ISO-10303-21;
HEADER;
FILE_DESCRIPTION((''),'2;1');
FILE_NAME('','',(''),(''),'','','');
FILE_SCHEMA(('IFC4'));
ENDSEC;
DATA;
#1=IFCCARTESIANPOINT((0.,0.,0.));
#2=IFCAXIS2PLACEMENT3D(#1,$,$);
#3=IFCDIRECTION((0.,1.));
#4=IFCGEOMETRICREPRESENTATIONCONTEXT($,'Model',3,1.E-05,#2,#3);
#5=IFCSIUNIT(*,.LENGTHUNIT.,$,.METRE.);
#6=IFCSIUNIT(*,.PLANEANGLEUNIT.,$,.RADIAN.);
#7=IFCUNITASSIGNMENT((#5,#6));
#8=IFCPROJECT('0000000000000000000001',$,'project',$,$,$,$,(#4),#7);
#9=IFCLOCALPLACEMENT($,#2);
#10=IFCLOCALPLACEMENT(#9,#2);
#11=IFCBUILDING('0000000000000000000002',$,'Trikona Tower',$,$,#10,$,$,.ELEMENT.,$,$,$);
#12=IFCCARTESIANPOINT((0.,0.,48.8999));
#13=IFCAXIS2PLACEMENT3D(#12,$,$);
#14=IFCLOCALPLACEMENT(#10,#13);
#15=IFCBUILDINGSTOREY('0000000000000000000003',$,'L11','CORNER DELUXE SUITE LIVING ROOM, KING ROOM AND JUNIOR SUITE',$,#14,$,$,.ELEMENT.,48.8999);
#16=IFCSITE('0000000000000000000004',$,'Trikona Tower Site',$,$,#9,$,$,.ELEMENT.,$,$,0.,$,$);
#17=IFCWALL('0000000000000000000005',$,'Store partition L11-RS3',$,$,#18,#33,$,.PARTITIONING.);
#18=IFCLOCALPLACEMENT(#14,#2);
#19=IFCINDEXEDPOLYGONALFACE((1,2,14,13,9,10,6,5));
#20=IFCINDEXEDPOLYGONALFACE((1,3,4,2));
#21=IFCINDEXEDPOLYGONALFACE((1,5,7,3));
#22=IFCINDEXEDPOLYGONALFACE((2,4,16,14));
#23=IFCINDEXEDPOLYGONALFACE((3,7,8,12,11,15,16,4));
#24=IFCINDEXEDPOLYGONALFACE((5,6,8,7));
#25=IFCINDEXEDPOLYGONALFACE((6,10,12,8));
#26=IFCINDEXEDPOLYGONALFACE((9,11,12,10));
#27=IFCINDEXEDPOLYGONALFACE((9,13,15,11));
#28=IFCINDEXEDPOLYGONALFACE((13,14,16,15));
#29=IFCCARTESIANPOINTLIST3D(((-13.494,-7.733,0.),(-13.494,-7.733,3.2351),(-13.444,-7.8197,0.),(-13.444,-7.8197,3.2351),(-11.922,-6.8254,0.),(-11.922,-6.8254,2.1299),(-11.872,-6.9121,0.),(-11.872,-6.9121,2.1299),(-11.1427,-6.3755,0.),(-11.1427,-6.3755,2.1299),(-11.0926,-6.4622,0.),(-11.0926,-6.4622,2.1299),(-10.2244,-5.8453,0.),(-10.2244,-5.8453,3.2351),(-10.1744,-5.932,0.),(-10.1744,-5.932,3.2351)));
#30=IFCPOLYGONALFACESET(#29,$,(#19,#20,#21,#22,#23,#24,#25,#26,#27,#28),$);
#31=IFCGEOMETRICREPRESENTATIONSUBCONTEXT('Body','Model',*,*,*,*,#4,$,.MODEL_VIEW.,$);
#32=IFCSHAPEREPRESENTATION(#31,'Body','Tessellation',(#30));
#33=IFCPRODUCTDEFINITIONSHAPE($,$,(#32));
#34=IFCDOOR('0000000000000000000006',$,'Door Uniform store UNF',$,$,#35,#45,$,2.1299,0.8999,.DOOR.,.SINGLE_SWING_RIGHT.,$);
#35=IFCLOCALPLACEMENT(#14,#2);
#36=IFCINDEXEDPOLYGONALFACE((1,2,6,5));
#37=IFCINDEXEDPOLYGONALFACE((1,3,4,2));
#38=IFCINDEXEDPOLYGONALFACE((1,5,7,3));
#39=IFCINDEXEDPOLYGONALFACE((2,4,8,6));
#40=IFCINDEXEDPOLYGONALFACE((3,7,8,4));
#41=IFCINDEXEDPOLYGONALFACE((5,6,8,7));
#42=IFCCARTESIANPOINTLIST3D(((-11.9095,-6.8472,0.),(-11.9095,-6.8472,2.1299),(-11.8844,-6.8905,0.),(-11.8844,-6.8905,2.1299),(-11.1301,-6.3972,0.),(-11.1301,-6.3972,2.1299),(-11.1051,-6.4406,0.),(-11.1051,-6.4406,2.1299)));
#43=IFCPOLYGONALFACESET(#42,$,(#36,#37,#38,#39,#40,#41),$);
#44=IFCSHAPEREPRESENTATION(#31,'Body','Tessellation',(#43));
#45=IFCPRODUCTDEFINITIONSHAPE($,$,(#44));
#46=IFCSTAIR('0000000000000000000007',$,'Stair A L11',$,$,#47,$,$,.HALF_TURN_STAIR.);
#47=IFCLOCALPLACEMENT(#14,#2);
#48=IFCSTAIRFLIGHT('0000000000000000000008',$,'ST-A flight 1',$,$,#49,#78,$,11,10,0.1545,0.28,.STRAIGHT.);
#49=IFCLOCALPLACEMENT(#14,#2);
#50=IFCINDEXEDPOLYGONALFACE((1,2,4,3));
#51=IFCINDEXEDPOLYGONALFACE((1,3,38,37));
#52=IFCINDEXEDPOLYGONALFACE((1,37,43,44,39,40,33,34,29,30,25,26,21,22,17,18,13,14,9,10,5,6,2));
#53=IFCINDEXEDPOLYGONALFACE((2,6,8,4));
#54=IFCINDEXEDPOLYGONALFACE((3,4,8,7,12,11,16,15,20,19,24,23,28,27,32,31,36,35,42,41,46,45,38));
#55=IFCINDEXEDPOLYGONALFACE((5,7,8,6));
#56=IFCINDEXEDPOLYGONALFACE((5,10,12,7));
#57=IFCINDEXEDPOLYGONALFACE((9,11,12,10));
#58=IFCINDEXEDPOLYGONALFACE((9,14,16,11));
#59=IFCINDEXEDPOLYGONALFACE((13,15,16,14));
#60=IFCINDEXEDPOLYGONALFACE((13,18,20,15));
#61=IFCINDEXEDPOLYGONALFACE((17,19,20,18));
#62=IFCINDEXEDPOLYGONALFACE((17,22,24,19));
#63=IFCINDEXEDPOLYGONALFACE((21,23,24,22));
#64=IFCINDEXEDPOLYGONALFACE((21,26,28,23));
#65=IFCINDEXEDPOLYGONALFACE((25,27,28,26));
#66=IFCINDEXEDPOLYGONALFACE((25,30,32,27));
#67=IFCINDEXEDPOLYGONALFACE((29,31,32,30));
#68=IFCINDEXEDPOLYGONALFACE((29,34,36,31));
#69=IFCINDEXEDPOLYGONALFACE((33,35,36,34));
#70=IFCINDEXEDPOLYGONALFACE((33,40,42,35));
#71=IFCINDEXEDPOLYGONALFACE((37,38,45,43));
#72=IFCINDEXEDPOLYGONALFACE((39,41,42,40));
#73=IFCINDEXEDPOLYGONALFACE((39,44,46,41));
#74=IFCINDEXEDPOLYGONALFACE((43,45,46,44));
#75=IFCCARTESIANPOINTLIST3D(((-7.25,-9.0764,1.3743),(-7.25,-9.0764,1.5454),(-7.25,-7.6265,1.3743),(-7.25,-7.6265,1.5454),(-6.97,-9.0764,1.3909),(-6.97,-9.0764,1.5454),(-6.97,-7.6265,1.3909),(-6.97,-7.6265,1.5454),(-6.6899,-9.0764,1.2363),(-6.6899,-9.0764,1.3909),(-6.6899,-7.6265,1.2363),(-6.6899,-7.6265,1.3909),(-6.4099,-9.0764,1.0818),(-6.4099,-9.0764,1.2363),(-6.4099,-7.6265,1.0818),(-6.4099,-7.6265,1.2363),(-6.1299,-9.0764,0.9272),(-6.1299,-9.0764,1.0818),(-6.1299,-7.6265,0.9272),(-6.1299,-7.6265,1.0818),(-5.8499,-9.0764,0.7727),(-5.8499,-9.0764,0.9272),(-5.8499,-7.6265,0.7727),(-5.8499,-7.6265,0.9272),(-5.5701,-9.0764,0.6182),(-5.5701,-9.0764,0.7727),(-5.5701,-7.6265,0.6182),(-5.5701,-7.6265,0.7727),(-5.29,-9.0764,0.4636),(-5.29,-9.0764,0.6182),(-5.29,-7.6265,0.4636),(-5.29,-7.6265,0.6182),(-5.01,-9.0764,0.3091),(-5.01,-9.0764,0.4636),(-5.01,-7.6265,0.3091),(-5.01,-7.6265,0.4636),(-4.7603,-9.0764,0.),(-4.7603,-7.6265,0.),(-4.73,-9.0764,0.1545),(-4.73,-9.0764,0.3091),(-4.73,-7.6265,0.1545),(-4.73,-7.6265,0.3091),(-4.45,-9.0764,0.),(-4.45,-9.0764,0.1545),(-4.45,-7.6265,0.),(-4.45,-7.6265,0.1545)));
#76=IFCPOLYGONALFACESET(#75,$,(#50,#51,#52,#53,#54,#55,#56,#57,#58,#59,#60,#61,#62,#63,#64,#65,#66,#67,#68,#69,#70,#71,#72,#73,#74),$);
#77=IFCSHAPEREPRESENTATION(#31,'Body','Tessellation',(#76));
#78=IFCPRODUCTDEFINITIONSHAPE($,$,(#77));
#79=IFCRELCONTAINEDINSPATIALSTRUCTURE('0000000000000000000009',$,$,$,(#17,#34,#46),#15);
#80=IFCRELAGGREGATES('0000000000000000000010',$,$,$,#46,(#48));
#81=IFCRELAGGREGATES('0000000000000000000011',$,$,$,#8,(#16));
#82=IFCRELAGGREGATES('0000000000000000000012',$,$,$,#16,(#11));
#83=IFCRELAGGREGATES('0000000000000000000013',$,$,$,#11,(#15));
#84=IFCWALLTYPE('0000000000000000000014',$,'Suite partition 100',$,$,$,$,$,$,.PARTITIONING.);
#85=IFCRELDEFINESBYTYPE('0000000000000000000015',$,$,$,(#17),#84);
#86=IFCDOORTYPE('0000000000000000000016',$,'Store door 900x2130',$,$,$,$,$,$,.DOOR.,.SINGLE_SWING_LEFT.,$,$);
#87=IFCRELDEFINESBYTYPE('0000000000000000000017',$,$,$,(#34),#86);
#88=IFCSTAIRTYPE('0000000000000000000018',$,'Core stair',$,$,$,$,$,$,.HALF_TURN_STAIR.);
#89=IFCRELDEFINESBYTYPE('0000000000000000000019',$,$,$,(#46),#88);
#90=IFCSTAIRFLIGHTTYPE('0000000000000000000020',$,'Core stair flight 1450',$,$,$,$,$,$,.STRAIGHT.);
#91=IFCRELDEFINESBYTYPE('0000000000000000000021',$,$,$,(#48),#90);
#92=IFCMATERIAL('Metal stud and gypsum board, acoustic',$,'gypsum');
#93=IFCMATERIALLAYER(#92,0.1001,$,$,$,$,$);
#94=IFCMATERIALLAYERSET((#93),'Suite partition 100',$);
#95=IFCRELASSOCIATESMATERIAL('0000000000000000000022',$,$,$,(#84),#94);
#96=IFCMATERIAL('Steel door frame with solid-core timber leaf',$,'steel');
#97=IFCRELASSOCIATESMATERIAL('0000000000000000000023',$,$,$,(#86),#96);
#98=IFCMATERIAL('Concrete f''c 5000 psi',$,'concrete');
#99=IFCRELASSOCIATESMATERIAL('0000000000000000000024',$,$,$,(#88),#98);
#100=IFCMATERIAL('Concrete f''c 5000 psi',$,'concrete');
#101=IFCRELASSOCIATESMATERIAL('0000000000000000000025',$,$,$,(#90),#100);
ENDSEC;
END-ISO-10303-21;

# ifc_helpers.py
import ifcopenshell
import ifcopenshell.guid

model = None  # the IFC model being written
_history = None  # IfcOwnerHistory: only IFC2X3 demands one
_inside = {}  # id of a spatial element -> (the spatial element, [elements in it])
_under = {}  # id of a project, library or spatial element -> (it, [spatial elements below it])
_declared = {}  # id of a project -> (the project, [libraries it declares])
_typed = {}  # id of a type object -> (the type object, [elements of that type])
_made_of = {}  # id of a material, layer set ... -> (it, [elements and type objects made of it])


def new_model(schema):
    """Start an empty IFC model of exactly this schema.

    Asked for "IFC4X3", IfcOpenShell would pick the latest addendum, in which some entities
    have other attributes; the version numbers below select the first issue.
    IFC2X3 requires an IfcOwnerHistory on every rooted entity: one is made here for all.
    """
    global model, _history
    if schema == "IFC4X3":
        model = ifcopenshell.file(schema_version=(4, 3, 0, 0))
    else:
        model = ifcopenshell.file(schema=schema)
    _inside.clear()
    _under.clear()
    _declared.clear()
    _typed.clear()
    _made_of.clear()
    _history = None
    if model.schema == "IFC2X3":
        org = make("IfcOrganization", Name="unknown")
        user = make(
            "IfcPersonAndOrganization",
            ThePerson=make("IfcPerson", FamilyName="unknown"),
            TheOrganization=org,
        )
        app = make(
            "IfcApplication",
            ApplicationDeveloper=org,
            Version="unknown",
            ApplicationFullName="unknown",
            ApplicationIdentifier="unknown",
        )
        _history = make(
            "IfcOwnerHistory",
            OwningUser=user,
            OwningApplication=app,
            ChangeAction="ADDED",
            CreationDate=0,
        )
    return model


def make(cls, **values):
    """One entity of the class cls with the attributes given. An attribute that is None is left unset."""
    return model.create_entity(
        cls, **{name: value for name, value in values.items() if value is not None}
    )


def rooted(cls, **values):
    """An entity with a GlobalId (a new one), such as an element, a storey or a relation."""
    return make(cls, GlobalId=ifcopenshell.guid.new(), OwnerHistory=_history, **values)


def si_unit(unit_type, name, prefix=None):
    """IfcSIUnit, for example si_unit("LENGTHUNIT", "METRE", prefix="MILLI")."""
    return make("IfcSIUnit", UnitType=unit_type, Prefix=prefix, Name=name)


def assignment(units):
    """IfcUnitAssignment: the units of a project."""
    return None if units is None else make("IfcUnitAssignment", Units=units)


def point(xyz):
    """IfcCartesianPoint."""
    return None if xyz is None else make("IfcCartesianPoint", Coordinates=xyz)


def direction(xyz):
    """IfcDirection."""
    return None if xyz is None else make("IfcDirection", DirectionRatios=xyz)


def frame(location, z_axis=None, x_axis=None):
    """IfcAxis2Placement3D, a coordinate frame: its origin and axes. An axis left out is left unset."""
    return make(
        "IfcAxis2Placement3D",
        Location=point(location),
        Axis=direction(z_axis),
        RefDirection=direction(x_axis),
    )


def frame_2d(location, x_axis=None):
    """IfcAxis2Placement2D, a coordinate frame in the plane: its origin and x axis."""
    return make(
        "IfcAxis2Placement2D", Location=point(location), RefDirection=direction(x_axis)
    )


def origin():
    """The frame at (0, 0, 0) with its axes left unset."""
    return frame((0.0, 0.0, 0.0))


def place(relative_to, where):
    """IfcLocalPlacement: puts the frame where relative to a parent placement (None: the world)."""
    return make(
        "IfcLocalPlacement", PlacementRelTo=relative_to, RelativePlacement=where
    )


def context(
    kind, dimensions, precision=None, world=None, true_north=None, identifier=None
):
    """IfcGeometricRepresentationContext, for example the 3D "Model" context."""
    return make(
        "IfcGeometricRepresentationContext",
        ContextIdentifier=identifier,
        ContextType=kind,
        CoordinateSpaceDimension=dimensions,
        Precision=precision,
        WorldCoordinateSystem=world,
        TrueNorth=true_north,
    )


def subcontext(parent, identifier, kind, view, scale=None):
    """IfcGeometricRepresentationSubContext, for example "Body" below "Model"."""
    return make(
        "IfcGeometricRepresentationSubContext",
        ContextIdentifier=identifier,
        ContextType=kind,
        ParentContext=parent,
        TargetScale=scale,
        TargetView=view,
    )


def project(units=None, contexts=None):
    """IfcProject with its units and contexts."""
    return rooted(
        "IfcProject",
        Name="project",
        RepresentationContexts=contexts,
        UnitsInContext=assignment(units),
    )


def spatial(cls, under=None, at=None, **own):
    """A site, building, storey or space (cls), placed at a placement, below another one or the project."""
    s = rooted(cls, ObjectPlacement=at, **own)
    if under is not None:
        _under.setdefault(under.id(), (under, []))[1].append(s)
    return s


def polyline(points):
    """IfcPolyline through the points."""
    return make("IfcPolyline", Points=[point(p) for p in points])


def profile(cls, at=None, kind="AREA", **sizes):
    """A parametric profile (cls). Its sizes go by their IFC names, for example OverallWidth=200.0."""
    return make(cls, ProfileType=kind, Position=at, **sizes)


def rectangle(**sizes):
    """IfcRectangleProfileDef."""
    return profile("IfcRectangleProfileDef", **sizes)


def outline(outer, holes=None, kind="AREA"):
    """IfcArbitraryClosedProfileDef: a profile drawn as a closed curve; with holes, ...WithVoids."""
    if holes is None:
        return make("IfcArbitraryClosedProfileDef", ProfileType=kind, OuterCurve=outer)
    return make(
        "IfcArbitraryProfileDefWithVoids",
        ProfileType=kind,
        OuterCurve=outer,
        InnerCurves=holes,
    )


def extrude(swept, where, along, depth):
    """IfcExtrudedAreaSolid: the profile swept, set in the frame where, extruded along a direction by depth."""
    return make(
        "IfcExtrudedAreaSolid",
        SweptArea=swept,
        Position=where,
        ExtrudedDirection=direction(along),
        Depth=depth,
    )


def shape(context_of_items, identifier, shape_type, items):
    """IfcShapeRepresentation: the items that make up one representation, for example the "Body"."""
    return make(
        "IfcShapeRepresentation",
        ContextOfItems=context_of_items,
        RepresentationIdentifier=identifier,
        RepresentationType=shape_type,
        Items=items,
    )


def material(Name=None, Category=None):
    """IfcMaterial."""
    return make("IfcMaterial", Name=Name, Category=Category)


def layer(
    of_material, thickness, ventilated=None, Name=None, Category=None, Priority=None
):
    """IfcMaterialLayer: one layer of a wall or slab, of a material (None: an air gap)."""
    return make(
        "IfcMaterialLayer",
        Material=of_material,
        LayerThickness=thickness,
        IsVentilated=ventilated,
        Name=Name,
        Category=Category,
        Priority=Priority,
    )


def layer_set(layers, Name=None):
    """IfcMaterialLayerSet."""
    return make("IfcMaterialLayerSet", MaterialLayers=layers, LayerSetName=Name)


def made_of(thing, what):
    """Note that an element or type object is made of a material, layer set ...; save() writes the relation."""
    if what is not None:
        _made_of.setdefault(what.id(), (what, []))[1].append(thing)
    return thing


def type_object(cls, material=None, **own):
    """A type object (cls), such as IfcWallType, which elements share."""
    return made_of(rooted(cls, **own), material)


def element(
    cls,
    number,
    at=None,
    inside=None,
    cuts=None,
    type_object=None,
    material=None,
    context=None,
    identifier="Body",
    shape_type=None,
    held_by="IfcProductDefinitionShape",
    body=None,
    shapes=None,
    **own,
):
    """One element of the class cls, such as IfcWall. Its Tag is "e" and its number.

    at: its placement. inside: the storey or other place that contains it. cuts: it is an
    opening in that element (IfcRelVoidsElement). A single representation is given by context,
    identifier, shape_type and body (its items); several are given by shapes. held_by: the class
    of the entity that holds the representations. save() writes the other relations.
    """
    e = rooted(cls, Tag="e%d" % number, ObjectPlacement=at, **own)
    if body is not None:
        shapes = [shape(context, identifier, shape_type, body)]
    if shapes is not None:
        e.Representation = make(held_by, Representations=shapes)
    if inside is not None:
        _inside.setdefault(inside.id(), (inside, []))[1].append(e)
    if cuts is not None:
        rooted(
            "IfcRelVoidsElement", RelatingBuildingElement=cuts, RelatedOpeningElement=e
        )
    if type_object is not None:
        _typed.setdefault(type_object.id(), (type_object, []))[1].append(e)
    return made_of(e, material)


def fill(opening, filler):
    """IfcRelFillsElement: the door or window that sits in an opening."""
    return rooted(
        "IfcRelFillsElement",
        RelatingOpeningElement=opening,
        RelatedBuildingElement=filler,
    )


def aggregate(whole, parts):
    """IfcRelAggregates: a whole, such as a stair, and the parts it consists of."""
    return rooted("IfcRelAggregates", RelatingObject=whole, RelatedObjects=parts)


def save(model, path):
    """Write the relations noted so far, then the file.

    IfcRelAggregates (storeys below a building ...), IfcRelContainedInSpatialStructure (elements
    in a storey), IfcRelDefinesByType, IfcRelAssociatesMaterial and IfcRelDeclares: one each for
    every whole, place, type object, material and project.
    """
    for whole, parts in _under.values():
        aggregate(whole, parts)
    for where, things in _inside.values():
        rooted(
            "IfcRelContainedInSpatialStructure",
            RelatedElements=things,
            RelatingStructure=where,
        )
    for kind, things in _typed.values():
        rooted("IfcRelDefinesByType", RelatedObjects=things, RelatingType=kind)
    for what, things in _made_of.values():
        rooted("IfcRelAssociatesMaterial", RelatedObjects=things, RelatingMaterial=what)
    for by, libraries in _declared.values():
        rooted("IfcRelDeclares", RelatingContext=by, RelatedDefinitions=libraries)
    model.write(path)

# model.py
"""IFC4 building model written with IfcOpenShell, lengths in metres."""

from ifc_helpers import new_model, si_unit, direction, frame, frame_2d, origin, place, context, subcontext, project, spatial, polyline, rectangle, outline, extrude, material, layer, layer_set, type_object, element, fill, aggregate, save


model = new_model("IFC4")

# Units and contexts
model_context = context("Model", 3, precision=1e-05, world=origin(), true_north=direction((0.0, 1.0)))
body_context = subcontext(model_context, "Body", "Model", "MODEL_VIEW")
ifc_project = project(units=[si_unit("LENGTHUNIT", "METRE"), si_unit("PLANEANGLEUNIT", "RADIAN")], contexts=[model_context])

# Site, building, storey
site_placement = place(None, origin())
site = spatial("IfcSite", under=ifc_project, at=site_placement, Name="Trikona Tower Site", CompositionType="ELEMENT", RefElevation=0.0)
building_placement = place(site_placement, origin())
building = spatial("IfcBuilding", under=site, at=building_placement, Name="Trikona Tower", CompositionType="ELEMENT")
storey_placement = place(building_placement, frame((0.0, 0.0, 48.8999)))
storey = spatial("IfcBuildingStorey", under=building, at=storey_placement, Name="L11", Description="CORNER DELUXE SUITE LIVING ROOM, KING ROOM AND JUNIOR SUITE", CompositionType="ELEMENT", Elevation=48.8999)

# Wall, opening, door
ifc_material_1 = material(Name="Metal stud and gypsum board, acoustic", Category="gypsum")
ifc_layer_1 = layer(ifc_material_1, 0.1001)
ifc_layer_set_1 = layer_set([ifc_layer_1], Name="Suite partition 100")
wall_type_1 = type_object("IfcWallType", Name="Suite partition 100", PredefinedType="PARTITIONING", material=ifc_layer_set_1)
wall_1_placement = place(storey_placement, frame((-13.469, -7.7764, 0.0), z_axis=(0.0, 0.0, 1.0), x_axis=(0.866022, 0.500006, 0.0)))
wall_1 = element("IfcWall", 1, at=wall_1_placement, inside=storey, type_object=wall_type_1, Name="Store partition L11-RS3", PredefinedType="PARTITIONING", context=body_context, shape_type="SweptSolid", body=[
    extrude(rectangle(XDim=3.7754, YDim=0.1001, at=frame_2d((1.8877, 0.0))), origin(), (0.0, 0.0, 1.0), 3.2351),
])
opening_1_placement = place(wall_1_placement, frame((1.8152, 0.0, 0.0)))
opening_1 = element("IfcOpeningElement", 2, at=opening_1_placement, cuts=wall_1, PredefinedType="OPENING", context=body_context, shape_type="SweptSolid", body=[
    extrude(rectangle(XDim=0.8999, YDim=2.1299, at=frame_2d((0.45, 1.0649))), frame((0.0, 0.0601, 0.0), z_axis=(0.0, -1.0, 0.0), x_axis=(1.0, 0.0, 0.0)), (0.0, 0.0, 1.0), 0.1201),
])
ifc_material_2 = material(Name="Steel door frame with solid-core timber leaf", Category="steel")
door_type_1 = type_object("IfcDoorType", Name="Store door 900x2130", OperationType="SINGLE_SWING_LEFT", PredefinedType="DOOR", material=ifc_material_2)
door_1_placement = place(opening_1_placement, origin())
door_1 = element("IfcDoor", 3, at=door_1_placement, inside=storey, type_object=door_type_1, Name="Door Uniform store UNF", OperationType="SINGLE_SWING_RIGHT", OverallHeight=2.1299, OverallWidth=0.8999, PredefinedType="DOOR", context=body_context, shape_type="SweptSolid", body=[
    extrude(rectangle(XDim=0.8999, YDim=2.1299, at=frame_2d((0.45, 1.0649))), frame((0.0, 0.0249, 0.0), z_axis=(0.0, -1.0, 0.0), x_axis=(1.0, 0.0, 0.0)), (0.0, 0.0, 1.0), 0.05),
])
fill(opening_1, door_1)

# Stair, stair flight
ifc_material_3 = material(Name="Concrete f'c 5000 psi", Category="concrete")
stair_type = type_object("IfcStairType", Name="Core stair", PredefinedType="HALF_TURN_STAIR", material=ifc_material_3)
stair_placement = place(storey_placement, origin())
stair = element("IfcStair", 4, at=stair_placement, inside=storey, type_object=stair_type, Name="Stair A L11", PredefinedType="HALF_TURN_STAIR")
ifc_material_4 = material(Name="Concrete f'c 5000 psi", Category="concrete")
stair_flight_type = type_object("IfcStairFlightType", Name="Core stair flight 1450", PredefinedType="STRAIGHT", material=ifc_material_4)
stair_flight_placement = place(storey_placement, frame((-4.45, -8.3513, 0.0), z_axis=(0.0, 0.0, 1.0), x_axis=(-1.0, 0.0, 0.0)))
stair_flight = element("IfcStairFlight", 5, at=stair_flight_placement, type_object=stair_flight_type, Name="ST-A flight 1", NumberOfRisers=11, NumberOfTreads=10, PredefinedType="STRAIGHT", RiserHeight=0.1545, TreadLength=0.28, context=body_context, shape_type="SweptSolid", body=[
    extrude(outline(polyline([(0.0, 0.0), (0.0, 0.1545), (0.28, 0.1545), (0.28, 0.3091), (0.5601, 0.3091), (0.5601, 0.4636), (0.8401, 0.4636), (0.8401, 0.6182), (1.1201, 0.6182), (1.1201, 0.7727), (1.3999, 0.7727), (1.3999, 0.9272), (1.6799, 0.9272), (1.6799, 1.0818), (1.96, 1.0818), (1.96, 1.2363), (2.24, 1.2363), (2.24, 1.3909), (2.52, 1.3909), (2.52, 1.5454), (2.8, 1.5454), (2.8, 1.7), (2.8, 1.3743), (0.3103, 0.0), (0.0, 0.0)])), frame((0.0, 0.7251, 0.0), z_axis=(0.0, -1.0, 0.0), x_axis=(1.0, 0.0, 0.0)), (0.0, 0.0, 1.0), 1.45),
])
aggregate(stair, [stair_flight])

save(model, "model.ifc")
